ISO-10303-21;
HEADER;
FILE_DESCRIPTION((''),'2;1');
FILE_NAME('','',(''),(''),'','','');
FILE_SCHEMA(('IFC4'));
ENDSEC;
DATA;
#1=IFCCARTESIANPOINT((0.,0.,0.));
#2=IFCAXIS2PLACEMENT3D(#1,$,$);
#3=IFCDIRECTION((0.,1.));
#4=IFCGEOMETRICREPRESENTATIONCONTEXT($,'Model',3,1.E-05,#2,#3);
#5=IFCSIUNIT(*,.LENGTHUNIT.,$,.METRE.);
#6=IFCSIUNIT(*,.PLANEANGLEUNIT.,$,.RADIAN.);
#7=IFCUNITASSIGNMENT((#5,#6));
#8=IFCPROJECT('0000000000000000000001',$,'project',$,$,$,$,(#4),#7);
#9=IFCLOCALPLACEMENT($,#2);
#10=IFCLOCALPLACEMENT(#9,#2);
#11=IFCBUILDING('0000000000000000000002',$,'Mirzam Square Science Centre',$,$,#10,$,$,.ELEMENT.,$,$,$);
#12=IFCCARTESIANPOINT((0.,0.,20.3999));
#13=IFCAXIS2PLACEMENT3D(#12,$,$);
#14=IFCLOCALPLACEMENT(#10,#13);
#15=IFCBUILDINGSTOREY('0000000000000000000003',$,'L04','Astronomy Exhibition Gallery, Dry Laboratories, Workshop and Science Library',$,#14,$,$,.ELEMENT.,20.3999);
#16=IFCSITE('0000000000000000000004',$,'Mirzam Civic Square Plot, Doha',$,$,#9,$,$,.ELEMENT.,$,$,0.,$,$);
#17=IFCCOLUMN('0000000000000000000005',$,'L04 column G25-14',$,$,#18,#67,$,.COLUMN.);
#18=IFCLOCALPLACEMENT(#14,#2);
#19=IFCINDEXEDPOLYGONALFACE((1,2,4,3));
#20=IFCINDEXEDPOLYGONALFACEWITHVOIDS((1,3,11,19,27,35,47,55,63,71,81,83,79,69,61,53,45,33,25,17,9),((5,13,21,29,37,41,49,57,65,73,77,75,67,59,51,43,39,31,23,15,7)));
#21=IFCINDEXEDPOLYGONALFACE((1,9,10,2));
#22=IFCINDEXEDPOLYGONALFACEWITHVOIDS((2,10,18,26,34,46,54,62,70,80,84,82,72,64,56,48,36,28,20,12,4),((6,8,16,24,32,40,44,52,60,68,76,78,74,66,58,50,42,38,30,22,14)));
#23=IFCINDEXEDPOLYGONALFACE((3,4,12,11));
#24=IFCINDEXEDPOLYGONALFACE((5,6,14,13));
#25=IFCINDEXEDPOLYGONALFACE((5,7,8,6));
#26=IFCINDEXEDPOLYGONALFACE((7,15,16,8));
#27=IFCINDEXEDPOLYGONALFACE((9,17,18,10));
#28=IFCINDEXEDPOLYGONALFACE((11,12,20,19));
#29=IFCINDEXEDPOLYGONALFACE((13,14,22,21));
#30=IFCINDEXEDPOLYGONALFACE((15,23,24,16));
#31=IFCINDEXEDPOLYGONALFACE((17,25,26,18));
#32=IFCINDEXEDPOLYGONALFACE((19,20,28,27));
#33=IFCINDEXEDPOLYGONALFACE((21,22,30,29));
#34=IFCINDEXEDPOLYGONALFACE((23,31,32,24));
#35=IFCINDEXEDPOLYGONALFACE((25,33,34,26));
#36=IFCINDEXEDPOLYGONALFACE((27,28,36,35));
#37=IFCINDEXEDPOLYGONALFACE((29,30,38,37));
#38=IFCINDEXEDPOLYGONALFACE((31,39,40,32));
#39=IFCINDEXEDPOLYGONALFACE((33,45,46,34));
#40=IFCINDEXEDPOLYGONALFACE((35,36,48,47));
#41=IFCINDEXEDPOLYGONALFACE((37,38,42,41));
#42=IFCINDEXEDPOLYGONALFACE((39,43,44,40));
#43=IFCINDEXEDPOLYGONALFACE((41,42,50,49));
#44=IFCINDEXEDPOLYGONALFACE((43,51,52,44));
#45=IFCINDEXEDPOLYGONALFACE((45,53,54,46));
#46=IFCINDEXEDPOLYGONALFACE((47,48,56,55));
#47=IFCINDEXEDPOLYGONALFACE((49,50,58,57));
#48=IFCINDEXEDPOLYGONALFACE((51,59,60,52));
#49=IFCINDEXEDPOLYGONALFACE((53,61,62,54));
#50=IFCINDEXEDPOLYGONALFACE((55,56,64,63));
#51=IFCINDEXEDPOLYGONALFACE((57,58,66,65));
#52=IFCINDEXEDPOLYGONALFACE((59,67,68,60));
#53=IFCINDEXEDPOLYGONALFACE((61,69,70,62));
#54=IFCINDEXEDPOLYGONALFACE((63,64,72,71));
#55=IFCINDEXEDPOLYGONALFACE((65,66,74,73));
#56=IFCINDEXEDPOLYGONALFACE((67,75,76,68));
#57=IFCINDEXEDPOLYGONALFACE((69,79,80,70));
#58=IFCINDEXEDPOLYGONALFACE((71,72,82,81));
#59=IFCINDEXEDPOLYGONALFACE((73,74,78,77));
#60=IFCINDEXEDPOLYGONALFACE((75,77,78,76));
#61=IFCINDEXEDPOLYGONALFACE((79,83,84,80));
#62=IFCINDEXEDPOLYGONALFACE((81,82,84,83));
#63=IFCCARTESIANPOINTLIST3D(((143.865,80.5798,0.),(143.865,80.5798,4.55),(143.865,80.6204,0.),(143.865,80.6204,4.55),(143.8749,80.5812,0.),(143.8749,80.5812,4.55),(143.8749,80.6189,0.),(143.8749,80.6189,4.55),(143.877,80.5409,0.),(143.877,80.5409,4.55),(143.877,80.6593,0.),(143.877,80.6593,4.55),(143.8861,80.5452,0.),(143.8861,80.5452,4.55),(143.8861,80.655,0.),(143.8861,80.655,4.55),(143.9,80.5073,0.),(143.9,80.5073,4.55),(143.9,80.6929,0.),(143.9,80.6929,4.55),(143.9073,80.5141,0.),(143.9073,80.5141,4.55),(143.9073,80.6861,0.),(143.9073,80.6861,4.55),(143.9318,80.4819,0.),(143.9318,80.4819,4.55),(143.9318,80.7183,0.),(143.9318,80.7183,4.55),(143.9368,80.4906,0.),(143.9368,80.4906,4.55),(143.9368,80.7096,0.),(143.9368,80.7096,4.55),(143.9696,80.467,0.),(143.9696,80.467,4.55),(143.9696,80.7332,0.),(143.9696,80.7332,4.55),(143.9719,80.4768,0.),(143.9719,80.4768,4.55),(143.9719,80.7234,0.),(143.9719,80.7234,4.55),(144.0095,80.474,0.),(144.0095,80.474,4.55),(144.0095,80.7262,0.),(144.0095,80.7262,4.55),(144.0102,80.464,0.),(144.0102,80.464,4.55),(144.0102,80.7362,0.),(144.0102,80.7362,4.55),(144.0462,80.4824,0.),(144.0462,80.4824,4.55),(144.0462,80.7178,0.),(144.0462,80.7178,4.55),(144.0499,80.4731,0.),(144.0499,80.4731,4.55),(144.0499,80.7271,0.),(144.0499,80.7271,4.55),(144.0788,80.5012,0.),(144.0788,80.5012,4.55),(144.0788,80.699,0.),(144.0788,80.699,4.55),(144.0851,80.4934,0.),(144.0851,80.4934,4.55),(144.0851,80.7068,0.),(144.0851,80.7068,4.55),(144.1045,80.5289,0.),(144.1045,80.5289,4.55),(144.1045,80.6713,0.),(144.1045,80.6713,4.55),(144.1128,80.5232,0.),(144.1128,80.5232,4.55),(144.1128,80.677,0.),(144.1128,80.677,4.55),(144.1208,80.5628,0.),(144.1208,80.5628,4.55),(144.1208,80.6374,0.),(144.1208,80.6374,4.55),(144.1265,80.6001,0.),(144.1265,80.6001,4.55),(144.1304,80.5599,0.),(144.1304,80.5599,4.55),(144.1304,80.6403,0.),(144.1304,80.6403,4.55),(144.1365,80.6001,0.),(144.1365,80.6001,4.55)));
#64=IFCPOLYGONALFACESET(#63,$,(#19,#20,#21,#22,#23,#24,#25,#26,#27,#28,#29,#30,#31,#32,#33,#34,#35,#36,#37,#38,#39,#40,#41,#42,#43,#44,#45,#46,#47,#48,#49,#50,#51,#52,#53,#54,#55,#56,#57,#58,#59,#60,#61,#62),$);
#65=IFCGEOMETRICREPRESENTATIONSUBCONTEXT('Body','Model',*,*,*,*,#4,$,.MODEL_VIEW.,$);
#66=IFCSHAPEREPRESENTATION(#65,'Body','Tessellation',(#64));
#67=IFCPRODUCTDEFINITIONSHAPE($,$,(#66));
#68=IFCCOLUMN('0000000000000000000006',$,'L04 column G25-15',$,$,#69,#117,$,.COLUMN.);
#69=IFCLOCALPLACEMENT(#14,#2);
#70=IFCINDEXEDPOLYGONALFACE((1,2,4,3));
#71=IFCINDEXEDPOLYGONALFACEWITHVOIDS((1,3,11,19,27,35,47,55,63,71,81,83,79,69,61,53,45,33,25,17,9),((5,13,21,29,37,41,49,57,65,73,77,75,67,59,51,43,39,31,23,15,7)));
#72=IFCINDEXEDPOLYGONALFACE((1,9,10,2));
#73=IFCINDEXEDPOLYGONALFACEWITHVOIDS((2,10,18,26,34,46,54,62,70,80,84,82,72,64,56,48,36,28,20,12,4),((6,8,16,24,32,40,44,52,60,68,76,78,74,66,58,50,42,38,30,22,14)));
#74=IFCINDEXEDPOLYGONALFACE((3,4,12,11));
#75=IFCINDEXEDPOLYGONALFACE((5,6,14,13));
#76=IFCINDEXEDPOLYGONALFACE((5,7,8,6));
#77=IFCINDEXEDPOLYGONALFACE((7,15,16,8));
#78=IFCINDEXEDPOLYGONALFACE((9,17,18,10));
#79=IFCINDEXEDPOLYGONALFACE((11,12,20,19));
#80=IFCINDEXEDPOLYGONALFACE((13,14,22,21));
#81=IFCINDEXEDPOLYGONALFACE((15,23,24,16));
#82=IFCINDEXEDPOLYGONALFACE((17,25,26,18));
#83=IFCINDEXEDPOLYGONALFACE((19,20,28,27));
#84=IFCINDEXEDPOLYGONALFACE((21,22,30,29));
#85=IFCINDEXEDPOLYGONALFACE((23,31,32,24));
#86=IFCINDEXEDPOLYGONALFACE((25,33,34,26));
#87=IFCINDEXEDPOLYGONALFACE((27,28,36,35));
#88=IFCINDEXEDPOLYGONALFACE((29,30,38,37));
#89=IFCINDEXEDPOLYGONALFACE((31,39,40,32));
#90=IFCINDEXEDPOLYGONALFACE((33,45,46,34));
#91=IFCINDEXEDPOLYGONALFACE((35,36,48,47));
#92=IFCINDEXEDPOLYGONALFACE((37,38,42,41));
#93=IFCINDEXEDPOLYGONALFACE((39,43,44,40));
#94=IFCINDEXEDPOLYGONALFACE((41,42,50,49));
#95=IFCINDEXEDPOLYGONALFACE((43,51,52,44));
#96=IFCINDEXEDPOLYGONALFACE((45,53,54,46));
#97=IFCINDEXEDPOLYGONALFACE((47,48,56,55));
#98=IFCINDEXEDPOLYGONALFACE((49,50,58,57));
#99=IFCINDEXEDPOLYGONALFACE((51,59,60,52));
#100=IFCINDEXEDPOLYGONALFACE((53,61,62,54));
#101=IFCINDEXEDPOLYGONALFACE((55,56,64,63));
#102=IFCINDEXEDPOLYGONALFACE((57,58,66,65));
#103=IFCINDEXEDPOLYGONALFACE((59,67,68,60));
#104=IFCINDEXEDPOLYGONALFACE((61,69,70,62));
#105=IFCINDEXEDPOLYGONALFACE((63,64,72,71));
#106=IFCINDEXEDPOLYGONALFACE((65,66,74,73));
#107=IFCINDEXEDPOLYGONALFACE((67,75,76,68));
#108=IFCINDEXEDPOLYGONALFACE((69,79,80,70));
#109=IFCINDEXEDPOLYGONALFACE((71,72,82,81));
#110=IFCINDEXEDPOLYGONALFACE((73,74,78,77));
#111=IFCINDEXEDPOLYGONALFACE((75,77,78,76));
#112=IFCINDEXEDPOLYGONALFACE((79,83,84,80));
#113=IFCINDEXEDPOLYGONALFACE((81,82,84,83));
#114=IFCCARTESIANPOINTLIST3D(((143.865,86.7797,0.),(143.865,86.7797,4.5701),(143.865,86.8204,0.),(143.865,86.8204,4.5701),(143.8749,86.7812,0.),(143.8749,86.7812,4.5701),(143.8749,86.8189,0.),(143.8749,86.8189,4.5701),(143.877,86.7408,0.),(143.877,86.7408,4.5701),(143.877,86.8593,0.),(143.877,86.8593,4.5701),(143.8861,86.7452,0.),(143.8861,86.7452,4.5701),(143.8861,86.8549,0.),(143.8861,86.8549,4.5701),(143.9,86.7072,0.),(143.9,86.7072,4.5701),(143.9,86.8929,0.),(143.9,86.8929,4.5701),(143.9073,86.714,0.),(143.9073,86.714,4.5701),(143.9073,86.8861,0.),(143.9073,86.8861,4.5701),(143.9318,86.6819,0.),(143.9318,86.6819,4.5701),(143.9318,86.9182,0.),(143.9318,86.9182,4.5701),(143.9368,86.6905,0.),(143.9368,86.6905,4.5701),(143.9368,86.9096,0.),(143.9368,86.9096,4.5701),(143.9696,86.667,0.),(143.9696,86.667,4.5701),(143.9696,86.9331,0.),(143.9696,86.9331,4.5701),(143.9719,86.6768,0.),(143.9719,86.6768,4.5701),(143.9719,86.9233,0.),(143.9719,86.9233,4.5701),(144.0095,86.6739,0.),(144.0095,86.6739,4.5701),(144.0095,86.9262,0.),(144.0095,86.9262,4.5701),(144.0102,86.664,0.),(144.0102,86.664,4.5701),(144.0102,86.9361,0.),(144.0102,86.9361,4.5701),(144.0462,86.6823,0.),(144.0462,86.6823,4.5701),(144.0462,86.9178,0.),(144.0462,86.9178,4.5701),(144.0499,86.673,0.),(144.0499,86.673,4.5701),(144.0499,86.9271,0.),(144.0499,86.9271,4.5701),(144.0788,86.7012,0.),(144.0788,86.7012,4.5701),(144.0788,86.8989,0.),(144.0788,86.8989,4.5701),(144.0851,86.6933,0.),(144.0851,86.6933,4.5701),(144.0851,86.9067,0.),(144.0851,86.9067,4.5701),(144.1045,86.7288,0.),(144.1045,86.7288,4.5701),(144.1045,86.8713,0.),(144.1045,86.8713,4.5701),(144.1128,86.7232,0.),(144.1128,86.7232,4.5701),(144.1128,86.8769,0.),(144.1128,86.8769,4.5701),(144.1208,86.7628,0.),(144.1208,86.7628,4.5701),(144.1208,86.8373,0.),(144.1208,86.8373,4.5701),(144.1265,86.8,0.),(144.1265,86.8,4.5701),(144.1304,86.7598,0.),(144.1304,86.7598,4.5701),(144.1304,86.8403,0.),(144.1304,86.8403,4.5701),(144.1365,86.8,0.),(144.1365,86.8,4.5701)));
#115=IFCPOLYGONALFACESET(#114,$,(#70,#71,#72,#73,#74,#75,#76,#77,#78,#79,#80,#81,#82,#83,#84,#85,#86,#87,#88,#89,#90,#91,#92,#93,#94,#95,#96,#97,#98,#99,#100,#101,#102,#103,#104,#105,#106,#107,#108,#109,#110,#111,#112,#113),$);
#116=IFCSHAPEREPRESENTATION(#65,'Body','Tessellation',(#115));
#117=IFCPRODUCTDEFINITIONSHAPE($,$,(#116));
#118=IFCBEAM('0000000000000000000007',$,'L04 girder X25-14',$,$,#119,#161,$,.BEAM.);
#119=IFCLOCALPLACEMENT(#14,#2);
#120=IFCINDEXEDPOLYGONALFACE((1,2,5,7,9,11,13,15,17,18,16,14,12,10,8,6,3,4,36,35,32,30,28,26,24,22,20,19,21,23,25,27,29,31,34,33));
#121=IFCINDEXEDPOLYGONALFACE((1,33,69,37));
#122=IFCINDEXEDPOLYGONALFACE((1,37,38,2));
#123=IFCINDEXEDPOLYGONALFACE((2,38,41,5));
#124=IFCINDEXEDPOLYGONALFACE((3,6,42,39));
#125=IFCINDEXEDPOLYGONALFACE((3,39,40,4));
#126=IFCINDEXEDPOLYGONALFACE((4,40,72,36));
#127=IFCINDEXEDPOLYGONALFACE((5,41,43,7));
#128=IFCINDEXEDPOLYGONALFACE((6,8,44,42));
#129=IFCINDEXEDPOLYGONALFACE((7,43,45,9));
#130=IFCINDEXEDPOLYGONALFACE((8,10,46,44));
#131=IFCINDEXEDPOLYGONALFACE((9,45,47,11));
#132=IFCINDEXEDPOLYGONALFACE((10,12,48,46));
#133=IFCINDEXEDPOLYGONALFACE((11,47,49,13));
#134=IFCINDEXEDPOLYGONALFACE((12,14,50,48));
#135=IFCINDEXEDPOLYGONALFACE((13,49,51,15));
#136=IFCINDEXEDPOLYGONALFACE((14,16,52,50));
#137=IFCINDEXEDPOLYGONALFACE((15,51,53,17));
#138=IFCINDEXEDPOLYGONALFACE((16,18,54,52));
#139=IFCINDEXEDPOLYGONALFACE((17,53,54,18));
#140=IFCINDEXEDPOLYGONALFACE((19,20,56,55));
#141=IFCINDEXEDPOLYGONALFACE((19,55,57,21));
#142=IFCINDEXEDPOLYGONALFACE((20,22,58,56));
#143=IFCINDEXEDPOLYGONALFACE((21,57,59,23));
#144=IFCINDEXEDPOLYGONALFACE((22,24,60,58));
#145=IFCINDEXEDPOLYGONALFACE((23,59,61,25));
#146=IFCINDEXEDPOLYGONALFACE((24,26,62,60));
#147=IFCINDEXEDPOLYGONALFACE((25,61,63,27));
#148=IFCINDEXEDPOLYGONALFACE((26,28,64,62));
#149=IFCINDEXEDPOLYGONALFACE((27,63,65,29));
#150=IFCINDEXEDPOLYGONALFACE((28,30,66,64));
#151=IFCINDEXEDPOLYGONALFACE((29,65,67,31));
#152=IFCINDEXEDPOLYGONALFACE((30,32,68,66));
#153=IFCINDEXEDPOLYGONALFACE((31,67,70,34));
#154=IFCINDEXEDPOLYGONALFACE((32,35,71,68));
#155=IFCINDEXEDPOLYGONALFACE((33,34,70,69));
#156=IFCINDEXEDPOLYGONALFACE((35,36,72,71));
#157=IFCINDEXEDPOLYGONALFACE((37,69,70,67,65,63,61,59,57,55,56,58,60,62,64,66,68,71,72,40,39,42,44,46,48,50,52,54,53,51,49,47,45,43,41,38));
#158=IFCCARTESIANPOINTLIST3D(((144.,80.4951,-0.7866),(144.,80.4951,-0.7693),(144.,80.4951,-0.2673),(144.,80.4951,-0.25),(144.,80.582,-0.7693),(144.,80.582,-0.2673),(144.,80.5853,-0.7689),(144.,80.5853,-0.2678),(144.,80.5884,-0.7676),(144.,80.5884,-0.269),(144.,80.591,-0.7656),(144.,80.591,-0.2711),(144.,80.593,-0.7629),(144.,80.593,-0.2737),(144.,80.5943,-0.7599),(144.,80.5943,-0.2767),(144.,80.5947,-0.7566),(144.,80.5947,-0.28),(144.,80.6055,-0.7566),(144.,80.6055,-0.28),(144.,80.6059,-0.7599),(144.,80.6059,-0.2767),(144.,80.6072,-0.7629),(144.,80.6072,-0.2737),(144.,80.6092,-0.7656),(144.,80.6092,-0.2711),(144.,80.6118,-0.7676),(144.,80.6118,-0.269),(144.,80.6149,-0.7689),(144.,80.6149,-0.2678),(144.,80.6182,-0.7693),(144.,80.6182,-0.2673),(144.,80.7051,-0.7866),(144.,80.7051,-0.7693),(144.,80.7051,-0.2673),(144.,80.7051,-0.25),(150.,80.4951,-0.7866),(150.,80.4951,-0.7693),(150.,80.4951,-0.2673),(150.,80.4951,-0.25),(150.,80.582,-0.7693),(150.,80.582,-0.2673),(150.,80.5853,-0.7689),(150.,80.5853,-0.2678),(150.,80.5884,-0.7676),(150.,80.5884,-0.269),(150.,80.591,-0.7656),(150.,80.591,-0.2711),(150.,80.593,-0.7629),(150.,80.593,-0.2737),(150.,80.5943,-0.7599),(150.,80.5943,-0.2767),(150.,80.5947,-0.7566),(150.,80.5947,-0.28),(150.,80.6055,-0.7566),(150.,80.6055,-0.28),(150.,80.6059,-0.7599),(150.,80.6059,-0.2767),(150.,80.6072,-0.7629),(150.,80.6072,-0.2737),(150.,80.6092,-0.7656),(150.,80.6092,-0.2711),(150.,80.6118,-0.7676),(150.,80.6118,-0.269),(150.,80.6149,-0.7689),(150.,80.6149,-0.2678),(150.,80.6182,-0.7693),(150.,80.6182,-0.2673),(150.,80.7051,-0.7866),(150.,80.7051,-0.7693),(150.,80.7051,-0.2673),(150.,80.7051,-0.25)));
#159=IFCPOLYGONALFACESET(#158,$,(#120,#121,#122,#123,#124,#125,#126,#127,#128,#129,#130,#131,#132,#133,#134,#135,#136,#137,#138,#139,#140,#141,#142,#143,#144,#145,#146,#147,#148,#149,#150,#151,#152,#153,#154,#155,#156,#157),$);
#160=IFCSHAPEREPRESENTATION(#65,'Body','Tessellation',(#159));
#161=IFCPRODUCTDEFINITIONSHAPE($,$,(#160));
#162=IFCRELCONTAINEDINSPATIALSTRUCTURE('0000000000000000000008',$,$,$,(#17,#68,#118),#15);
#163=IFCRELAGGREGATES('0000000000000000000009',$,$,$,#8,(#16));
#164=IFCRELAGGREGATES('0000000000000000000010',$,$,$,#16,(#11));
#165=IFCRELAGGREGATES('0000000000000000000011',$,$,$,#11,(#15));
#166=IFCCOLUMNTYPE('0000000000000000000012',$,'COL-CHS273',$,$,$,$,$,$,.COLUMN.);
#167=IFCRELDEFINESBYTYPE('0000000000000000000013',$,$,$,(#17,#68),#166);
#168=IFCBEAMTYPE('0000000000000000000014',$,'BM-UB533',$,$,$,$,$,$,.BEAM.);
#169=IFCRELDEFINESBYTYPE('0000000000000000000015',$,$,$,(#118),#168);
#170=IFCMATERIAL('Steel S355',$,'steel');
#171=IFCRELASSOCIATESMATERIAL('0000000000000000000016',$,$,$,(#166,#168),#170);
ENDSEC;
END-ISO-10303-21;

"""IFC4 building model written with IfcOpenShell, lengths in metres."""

from ifc_helpers import new_model, si_unit, direction, frame, origin, origin_2d, place, context, subcontext, project, spatial, hollow_circle, i_section, extrude, material, material_profile, profile_set, type_object, element, save


model = new_model("IFC4")

# Units and contexts
model_context = context("Model", 3, precision=1e-05, world=origin(), true_north=direction((0.0, 1.0)))
body_context = subcontext(model_context, "Body", "Model", "MODEL_VIEW")
ifc_project = project(units=[si_unit("LENGTHUNIT", "METRE"), si_unit("PLANEANGLEUNIT", "RADIAN")], contexts=[model_context])

# Site, building, storey
site_placement = place(None, origin())
site = spatial("IfcSite", under=ifc_project, at=site_placement, Name="Mirzam Civic Square Plot, Doha", CompositionType="ELEMENT", RefElevation=0.0)
building_placement = place(site_placement, origin())
building = spatial("IfcBuilding", under=site, at=building_placement, Name="Mirzam Square Science Centre", CompositionType="ELEMENT")
storey_placement = place(building_placement, frame((0.0, 0.0, 20.3999)))
storey = spatial("IfcBuildingStorey", under=building, at=storey_placement, Name="L04", Description="Astronomy Exhibition Gallery, Dry Laboratories, Workshop and Science Library", CompositionType="ELEMENT", Elevation=20.3999)

# Columns
ifc_material_1 = material(Name="Steel S355", Category="steel")
ifc_material_profile_1 = material_profile(ifc_material_1, hollow_circle(Radius=0.1365, WallThickness=0.01, at=origin_2d()), Name="273.0x10.0CHS")
ifc_profile_set_1 = profile_set([ifc_material_profile_1], Name="Steel S355")
column_type = type_object("IfcColumnType", Name="COL-CHS273", PredefinedType="COLUMN", material=ifc_profile_set_1)
column_1_placement = place(storey_placement, frame((144.0, 80.6001, 0.0), z_axis=(0.0, 0.0, 1.0), x_axis=(1.0, 0.0, 0.0)))
element("IfcColumn", 1, at=column_1_placement, inside=storey, type_object=column_type, Name="L04 column G25-14", PredefinedType="COLUMN", context=body_context, shape_type="SweptSolid", body=[
    extrude(hollow_circle(Radius=0.1365, WallThickness=0.01, at=origin_2d()), origin(), (0.0, 0.0, 1.0), 4.55),
])
column_2_placement = place(storey_placement, frame((144.0, 86.8, 0.0), z_axis=(0.0, 0.0, 1.0), x_axis=(1.0, 0.0, 0.0)))
element("IfcColumn", 2, at=column_2_placement, inside=storey, type_object=column_type, Name="L04 column G25-15", PredefinedType="COLUMN", context=body_context, shape_type="SweptSolid", body=[
    extrude(hollow_circle(Radius=0.1365, WallThickness=0.01, at=origin_2d()), origin(), (0.0, 0.0, 1.0), 4.5701),
])

# Beam
ifc_material_profile_2 = material_profile(ifc_material_1, i_section(OverallWidth=0.21, OverallDepth=0.5366, WebThickness=0.0107, FlangeThickness=0.0173, FilletRadius=0.0127, at=origin_2d()), Name="533x210x101UB")
ifc_profile_set_2 = profile_set([ifc_material_profile_2], Name="Steel S355")
beam_type_1 = type_object("IfcBeamType", Name="BM-UB533", PredefinedType="BEAM", material=ifc_profile_set_2)
beam_1_placement = place(storey_placement, frame((144.0, 80.6001, -0.5183), z_axis=(1.0, 0.0, 0.0), x_axis=(0.0, 1.0, 0.0)))
element("IfcBeam", 3, at=beam_1_placement, inside=storey, type_object=beam_type_1, Name="L04 girder X25-14", PredefinedType="BEAM", context=body_context, shape_type="SweptSolid", body=[
    extrude(i_section(OverallWidth=0.21, OverallDepth=0.5366, WebThickness=0.0107, FlangeThickness=0.0173, FilletRadius=0.0127, at=origin_2d()), origin(), (0.0, 0.0, 1.0), 6.0),
])

save(model, "model.ifc")
